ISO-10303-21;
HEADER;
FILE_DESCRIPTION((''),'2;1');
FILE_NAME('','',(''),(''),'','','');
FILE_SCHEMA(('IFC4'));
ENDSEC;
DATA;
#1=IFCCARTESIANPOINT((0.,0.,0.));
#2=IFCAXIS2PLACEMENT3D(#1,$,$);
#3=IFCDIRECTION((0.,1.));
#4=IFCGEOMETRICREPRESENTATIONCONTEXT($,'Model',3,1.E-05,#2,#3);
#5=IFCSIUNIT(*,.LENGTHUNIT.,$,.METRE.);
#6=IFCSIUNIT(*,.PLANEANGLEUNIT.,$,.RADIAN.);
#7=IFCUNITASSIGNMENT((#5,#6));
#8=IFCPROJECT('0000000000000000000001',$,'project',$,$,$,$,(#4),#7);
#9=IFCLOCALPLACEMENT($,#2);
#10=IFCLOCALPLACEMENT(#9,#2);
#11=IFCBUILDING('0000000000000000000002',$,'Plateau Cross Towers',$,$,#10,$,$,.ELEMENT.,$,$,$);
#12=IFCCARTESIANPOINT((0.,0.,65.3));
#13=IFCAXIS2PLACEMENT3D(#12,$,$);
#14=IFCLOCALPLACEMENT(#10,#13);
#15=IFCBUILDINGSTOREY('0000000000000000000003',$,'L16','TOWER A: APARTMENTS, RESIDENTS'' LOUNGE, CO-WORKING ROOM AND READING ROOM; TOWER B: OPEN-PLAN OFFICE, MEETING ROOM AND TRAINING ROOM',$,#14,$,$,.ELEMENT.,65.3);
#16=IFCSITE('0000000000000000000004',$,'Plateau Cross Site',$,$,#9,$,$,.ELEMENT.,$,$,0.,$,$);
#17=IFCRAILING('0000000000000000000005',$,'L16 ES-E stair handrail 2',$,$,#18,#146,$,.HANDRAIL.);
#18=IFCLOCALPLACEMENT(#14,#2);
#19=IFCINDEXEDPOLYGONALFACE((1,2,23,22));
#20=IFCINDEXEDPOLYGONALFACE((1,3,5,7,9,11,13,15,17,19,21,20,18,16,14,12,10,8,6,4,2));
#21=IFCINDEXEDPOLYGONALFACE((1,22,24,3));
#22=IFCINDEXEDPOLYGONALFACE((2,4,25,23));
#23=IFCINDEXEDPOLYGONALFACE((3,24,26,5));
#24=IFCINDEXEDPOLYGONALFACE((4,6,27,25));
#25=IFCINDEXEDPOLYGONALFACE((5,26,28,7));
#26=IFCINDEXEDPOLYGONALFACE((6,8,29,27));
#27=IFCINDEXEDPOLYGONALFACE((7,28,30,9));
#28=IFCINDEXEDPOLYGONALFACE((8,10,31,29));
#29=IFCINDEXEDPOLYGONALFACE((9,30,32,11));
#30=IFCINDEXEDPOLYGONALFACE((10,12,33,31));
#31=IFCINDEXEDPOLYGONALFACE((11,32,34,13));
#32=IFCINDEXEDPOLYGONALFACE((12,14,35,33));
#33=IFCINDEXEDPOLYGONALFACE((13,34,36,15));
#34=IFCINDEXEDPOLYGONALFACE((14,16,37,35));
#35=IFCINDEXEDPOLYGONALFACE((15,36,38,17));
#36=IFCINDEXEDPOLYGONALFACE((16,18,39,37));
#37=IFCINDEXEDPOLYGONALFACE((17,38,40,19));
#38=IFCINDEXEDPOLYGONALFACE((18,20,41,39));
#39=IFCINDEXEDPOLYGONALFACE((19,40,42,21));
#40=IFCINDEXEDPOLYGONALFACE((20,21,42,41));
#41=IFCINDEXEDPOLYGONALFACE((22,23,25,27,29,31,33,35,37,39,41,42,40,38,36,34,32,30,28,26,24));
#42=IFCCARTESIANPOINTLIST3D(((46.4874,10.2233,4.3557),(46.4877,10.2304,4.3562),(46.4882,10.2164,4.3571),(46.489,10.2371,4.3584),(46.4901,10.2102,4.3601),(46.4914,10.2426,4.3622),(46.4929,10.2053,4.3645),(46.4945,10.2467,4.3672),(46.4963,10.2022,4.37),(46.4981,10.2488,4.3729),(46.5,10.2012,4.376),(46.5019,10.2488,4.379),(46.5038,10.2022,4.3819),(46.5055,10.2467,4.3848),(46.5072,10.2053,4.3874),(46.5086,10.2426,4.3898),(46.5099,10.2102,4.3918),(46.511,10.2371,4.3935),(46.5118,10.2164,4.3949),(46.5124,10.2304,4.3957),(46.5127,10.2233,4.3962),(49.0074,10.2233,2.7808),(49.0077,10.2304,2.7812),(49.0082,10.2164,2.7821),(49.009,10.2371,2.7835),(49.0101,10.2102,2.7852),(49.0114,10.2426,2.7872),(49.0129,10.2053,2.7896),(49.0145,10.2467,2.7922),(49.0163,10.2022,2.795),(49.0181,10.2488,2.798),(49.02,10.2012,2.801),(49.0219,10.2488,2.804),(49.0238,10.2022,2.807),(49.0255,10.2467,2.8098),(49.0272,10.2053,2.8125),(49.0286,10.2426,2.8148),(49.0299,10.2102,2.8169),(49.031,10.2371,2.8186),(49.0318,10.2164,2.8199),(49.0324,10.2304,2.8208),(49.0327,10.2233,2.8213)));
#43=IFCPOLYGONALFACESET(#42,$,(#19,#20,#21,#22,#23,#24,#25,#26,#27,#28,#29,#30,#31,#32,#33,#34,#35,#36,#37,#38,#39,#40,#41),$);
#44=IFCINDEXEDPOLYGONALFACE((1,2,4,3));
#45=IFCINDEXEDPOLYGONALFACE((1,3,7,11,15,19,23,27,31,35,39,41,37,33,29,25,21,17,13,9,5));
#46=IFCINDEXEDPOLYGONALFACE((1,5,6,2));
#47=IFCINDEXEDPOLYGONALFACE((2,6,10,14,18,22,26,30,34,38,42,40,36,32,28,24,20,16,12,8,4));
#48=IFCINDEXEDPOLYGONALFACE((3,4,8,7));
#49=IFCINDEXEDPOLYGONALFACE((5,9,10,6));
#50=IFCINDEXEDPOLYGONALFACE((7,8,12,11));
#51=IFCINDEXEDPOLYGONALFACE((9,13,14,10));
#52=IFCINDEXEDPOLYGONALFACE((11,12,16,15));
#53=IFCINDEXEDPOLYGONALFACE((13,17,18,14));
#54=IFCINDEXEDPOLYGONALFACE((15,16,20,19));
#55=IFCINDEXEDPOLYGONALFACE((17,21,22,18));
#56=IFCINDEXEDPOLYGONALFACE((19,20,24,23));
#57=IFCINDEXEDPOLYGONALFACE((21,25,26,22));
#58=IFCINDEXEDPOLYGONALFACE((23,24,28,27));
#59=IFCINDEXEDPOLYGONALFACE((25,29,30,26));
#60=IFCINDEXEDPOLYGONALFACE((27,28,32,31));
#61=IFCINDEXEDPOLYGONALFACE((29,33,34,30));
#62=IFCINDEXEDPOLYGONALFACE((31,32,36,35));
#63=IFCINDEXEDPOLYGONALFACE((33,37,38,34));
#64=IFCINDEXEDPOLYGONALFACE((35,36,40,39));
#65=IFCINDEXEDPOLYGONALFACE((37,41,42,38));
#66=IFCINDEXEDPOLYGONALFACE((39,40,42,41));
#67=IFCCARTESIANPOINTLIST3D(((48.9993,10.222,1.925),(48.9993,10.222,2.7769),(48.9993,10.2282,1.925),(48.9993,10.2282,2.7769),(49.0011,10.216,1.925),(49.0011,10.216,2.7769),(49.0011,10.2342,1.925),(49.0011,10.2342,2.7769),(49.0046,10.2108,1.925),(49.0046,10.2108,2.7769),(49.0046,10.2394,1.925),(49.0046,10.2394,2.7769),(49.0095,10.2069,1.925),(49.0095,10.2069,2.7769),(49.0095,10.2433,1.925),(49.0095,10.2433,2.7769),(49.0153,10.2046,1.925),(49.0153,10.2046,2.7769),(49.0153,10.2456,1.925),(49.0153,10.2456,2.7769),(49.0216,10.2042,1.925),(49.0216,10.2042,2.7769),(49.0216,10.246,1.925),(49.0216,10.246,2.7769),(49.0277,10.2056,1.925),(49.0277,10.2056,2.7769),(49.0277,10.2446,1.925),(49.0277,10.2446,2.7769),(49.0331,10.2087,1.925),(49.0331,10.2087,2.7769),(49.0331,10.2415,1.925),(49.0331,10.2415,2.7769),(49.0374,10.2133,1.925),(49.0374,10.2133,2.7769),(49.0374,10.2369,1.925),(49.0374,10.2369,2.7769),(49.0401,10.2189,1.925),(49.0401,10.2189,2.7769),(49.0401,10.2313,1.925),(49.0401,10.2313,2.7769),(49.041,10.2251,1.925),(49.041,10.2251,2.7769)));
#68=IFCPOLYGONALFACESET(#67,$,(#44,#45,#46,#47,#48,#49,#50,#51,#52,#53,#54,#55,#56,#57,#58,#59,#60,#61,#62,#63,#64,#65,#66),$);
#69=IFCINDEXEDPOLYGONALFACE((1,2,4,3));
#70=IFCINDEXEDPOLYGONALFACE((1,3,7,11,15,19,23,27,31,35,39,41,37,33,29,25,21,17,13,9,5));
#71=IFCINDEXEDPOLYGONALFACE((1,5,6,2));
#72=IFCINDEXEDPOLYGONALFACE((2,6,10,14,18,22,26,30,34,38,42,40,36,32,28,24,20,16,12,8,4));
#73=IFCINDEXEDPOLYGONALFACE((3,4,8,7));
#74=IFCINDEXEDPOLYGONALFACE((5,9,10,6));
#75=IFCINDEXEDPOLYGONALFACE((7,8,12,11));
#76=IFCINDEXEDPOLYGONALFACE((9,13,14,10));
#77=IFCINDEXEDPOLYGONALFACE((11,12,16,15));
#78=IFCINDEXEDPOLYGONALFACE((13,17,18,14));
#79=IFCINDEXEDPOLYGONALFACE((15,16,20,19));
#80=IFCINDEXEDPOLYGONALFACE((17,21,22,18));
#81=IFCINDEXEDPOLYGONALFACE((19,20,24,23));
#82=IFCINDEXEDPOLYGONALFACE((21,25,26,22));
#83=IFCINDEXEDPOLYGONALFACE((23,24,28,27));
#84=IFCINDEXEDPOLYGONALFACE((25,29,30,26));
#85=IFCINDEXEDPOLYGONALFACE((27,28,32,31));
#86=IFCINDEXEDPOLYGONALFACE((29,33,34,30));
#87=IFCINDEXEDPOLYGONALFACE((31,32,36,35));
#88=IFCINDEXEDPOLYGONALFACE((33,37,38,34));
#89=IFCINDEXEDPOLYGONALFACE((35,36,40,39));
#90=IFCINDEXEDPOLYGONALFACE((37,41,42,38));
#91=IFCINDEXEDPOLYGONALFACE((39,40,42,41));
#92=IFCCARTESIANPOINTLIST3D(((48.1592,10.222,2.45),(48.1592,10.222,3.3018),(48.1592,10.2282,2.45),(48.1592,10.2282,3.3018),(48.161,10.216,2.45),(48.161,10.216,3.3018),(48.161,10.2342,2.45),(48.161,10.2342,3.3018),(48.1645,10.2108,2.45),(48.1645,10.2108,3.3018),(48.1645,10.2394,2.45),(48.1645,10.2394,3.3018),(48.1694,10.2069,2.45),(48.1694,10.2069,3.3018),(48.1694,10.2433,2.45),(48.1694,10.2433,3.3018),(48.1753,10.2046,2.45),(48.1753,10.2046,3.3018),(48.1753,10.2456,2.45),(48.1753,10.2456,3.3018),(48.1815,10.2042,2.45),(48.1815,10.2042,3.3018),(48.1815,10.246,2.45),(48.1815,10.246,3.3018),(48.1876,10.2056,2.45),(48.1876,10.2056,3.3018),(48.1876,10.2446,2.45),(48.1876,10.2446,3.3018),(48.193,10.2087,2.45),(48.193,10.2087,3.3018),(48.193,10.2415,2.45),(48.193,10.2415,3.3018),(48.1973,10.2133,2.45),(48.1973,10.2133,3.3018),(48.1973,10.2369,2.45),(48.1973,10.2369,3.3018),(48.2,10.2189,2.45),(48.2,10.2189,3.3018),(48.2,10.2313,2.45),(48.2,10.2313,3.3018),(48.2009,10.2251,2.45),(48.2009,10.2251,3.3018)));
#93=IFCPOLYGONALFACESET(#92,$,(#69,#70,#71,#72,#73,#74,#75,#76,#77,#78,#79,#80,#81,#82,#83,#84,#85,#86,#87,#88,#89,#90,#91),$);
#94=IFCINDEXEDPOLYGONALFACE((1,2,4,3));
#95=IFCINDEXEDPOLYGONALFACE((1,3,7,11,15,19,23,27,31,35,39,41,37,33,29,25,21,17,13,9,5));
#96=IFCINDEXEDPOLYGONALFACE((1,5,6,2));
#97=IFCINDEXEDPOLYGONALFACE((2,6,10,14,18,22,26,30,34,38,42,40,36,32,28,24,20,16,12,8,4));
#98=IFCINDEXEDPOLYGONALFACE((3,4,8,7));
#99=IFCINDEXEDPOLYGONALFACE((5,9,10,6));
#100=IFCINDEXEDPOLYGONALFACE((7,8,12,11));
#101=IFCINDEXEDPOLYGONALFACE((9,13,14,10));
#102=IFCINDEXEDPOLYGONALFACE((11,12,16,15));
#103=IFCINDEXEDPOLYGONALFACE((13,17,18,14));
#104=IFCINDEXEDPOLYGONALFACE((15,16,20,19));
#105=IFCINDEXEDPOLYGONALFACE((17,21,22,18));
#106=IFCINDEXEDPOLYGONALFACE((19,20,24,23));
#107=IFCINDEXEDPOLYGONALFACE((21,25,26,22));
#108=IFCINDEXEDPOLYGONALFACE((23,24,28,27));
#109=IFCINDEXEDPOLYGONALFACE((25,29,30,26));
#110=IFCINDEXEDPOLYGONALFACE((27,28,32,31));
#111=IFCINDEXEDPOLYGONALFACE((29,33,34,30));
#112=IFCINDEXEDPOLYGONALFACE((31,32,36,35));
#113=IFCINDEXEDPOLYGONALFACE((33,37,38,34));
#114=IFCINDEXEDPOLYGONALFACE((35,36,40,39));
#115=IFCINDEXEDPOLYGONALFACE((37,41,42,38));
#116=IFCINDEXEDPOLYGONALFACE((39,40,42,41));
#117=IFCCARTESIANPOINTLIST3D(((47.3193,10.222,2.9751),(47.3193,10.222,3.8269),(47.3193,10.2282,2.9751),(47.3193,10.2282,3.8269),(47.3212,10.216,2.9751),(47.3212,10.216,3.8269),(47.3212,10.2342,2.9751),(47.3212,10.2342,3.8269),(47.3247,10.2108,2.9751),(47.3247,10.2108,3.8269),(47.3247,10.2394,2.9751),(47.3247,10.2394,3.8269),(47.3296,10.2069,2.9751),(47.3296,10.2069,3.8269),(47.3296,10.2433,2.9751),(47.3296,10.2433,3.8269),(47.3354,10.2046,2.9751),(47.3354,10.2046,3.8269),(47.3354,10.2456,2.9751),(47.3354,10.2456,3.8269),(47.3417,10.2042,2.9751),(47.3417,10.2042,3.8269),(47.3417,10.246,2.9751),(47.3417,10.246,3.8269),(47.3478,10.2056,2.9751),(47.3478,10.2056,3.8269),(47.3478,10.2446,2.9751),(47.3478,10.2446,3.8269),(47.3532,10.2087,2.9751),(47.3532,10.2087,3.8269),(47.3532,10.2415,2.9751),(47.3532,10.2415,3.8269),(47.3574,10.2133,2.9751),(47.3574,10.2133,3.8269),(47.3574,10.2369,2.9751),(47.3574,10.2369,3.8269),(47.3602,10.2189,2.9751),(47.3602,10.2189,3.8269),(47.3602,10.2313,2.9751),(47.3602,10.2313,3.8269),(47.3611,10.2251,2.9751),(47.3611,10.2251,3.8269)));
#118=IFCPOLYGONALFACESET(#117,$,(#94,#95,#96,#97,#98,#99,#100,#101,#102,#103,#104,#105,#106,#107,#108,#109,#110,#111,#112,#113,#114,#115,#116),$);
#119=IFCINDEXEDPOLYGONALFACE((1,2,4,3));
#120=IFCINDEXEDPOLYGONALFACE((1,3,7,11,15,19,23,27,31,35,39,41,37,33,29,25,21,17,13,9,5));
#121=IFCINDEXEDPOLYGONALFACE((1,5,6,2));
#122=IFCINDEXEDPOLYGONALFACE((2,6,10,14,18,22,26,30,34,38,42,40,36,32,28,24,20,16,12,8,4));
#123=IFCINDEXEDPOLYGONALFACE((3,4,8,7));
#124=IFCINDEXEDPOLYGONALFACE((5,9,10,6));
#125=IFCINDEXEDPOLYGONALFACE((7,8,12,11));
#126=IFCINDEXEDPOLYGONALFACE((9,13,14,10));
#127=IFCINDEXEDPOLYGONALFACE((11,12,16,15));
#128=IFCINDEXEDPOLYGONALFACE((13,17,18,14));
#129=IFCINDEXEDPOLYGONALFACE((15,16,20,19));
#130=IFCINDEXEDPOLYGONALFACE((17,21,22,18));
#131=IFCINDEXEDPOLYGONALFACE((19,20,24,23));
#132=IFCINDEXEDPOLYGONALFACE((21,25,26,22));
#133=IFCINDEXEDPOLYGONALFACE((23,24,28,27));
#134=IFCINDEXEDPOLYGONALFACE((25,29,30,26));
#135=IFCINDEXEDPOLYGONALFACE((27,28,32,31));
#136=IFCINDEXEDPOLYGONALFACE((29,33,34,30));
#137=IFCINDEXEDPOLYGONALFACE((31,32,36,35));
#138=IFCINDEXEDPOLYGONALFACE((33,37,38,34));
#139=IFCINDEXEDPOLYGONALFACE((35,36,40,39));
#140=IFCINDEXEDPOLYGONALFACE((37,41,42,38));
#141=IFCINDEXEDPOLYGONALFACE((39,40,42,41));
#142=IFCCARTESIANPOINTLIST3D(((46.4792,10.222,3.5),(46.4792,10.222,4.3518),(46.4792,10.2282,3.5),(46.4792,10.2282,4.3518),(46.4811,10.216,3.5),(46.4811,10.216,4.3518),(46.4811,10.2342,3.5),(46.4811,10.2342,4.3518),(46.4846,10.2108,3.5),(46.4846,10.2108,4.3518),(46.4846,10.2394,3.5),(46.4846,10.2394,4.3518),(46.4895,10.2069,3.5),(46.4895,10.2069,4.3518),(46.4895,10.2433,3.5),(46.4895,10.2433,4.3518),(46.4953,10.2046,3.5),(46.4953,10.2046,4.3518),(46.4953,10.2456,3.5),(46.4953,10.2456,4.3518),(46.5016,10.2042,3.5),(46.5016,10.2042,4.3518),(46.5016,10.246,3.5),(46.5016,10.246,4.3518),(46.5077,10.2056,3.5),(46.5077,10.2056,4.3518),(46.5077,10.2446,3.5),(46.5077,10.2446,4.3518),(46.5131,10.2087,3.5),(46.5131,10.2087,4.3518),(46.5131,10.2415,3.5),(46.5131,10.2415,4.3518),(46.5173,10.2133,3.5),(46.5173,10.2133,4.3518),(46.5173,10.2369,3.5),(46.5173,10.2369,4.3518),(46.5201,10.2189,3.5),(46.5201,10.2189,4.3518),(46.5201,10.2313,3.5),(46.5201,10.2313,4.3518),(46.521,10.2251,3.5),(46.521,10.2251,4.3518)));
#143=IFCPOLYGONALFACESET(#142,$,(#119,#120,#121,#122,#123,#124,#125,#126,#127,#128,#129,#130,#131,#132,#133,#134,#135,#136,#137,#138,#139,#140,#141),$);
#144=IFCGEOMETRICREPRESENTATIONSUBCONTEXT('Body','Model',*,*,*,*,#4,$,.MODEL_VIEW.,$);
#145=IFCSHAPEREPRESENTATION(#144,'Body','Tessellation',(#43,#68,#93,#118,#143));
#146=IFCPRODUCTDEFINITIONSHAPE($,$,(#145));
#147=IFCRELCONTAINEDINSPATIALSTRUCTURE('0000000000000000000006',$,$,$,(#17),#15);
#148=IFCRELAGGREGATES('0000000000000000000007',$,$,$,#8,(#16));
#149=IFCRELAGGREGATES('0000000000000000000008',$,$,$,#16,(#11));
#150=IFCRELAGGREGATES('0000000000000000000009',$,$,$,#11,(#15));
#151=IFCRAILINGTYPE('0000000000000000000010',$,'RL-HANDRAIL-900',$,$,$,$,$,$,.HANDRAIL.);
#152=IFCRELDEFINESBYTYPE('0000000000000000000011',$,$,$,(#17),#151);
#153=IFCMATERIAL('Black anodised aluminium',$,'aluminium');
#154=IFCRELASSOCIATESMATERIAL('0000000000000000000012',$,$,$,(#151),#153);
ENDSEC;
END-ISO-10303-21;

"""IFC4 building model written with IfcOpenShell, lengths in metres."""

from ifc_helpers import new_model, si_unit, direction, frame, origin, origin_2d, place, context, subcontext, project, spatial, circle, extrude, material, type_object, element, save


model = new_model("IFC4")

# Units and contexts
model_context = context("Model", 3, precision=1e-05, world=origin(), true_north=direction((0.0, 1.0)))
body_context = subcontext(model_context, "Body", "Model", "MODEL_VIEW")
ifc_project = project(units=[si_unit("LENGTHUNIT", "METRE"), si_unit("PLANEANGLEUNIT", "RADIAN")], contexts=[model_context])

# Site, building, storey
site_placement = place(None, origin())
site = spatial("IfcSite", under=ifc_project, at=site_placement, Name="Plateau Cross Site", CompositionType="ELEMENT", RefElevation=0.0)
building_placement = place(site_placement, origin())
building = spatial("IfcBuilding", under=site, at=building_placement, Name="Plateau Cross Towers", CompositionType="ELEMENT")
storey_placement = place(building_placement, frame((0.0, 0.0, 65.3)))
storey = spatial("IfcBuildingStorey", under=building, at=storey_placement, Name="L16", Description="TOWER A: APARTMENTS, RESIDENTS' LOUNGE, CO-WORKING ROOM AND READING ROOM; TOWER B: OPEN-PLAN OFFICE, MEETING ROOM AND TRAINING ROOM", CompositionType="ELEMENT", Elevation=65.3)

# Shared definitions
ifc_material_1 = material(Name="Black anodised aluminium", Category="aluminium")

# Railing
railing_type_1 = type_object("IfcRailingType", Name="RL-HANDRAIL-900", PredefinedType="HANDRAIL", material=ifc_material_1)
railing_1_placement = place(storey_placement, frame((49.02, 10.2251, 1.925)))
element("IfcRailing", 1, at=railing_1_placement, inside=storey, type_object=railing_type_1, Name="L16 ES-E stair handrail 2", PredefinedType="HANDRAIL", context=body_context, shape_type="SweptSolid", body=[
    extrude(circle(Radius=0.0239, at=origin_2d()), frame((0.0, 0.0, 0.876), z_axis=(-0.848008, 0.0, 0.529984), x_axis=(0.0, -1.0, 0.0)), (0.0, 0.0, 1.0), 2.9717),
    extrude(circle(Radius=0.021, at=origin_2d()), origin(), (0.0, 0.0, 1.0), 0.8518),
    extrude(circle(Radius=0.021, at=origin_2d()), frame((-0.8401, 0.0, 0.5249)), (0.0, 0.0, 1.0), 0.8518),
    extrude(circle(Radius=0.021, at=origin_2d()), frame((-1.6799, 0.0, 1.05)), (0.0, 0.0, 1.0), 0.8518),
    extrude(circle(Radius=0.021, at=origin_2d()), frame((-2.52, 0.0, 1.575)), (0.0, 0.0, 1.0), 0.8518),
])

save(model, "model.ifc")
